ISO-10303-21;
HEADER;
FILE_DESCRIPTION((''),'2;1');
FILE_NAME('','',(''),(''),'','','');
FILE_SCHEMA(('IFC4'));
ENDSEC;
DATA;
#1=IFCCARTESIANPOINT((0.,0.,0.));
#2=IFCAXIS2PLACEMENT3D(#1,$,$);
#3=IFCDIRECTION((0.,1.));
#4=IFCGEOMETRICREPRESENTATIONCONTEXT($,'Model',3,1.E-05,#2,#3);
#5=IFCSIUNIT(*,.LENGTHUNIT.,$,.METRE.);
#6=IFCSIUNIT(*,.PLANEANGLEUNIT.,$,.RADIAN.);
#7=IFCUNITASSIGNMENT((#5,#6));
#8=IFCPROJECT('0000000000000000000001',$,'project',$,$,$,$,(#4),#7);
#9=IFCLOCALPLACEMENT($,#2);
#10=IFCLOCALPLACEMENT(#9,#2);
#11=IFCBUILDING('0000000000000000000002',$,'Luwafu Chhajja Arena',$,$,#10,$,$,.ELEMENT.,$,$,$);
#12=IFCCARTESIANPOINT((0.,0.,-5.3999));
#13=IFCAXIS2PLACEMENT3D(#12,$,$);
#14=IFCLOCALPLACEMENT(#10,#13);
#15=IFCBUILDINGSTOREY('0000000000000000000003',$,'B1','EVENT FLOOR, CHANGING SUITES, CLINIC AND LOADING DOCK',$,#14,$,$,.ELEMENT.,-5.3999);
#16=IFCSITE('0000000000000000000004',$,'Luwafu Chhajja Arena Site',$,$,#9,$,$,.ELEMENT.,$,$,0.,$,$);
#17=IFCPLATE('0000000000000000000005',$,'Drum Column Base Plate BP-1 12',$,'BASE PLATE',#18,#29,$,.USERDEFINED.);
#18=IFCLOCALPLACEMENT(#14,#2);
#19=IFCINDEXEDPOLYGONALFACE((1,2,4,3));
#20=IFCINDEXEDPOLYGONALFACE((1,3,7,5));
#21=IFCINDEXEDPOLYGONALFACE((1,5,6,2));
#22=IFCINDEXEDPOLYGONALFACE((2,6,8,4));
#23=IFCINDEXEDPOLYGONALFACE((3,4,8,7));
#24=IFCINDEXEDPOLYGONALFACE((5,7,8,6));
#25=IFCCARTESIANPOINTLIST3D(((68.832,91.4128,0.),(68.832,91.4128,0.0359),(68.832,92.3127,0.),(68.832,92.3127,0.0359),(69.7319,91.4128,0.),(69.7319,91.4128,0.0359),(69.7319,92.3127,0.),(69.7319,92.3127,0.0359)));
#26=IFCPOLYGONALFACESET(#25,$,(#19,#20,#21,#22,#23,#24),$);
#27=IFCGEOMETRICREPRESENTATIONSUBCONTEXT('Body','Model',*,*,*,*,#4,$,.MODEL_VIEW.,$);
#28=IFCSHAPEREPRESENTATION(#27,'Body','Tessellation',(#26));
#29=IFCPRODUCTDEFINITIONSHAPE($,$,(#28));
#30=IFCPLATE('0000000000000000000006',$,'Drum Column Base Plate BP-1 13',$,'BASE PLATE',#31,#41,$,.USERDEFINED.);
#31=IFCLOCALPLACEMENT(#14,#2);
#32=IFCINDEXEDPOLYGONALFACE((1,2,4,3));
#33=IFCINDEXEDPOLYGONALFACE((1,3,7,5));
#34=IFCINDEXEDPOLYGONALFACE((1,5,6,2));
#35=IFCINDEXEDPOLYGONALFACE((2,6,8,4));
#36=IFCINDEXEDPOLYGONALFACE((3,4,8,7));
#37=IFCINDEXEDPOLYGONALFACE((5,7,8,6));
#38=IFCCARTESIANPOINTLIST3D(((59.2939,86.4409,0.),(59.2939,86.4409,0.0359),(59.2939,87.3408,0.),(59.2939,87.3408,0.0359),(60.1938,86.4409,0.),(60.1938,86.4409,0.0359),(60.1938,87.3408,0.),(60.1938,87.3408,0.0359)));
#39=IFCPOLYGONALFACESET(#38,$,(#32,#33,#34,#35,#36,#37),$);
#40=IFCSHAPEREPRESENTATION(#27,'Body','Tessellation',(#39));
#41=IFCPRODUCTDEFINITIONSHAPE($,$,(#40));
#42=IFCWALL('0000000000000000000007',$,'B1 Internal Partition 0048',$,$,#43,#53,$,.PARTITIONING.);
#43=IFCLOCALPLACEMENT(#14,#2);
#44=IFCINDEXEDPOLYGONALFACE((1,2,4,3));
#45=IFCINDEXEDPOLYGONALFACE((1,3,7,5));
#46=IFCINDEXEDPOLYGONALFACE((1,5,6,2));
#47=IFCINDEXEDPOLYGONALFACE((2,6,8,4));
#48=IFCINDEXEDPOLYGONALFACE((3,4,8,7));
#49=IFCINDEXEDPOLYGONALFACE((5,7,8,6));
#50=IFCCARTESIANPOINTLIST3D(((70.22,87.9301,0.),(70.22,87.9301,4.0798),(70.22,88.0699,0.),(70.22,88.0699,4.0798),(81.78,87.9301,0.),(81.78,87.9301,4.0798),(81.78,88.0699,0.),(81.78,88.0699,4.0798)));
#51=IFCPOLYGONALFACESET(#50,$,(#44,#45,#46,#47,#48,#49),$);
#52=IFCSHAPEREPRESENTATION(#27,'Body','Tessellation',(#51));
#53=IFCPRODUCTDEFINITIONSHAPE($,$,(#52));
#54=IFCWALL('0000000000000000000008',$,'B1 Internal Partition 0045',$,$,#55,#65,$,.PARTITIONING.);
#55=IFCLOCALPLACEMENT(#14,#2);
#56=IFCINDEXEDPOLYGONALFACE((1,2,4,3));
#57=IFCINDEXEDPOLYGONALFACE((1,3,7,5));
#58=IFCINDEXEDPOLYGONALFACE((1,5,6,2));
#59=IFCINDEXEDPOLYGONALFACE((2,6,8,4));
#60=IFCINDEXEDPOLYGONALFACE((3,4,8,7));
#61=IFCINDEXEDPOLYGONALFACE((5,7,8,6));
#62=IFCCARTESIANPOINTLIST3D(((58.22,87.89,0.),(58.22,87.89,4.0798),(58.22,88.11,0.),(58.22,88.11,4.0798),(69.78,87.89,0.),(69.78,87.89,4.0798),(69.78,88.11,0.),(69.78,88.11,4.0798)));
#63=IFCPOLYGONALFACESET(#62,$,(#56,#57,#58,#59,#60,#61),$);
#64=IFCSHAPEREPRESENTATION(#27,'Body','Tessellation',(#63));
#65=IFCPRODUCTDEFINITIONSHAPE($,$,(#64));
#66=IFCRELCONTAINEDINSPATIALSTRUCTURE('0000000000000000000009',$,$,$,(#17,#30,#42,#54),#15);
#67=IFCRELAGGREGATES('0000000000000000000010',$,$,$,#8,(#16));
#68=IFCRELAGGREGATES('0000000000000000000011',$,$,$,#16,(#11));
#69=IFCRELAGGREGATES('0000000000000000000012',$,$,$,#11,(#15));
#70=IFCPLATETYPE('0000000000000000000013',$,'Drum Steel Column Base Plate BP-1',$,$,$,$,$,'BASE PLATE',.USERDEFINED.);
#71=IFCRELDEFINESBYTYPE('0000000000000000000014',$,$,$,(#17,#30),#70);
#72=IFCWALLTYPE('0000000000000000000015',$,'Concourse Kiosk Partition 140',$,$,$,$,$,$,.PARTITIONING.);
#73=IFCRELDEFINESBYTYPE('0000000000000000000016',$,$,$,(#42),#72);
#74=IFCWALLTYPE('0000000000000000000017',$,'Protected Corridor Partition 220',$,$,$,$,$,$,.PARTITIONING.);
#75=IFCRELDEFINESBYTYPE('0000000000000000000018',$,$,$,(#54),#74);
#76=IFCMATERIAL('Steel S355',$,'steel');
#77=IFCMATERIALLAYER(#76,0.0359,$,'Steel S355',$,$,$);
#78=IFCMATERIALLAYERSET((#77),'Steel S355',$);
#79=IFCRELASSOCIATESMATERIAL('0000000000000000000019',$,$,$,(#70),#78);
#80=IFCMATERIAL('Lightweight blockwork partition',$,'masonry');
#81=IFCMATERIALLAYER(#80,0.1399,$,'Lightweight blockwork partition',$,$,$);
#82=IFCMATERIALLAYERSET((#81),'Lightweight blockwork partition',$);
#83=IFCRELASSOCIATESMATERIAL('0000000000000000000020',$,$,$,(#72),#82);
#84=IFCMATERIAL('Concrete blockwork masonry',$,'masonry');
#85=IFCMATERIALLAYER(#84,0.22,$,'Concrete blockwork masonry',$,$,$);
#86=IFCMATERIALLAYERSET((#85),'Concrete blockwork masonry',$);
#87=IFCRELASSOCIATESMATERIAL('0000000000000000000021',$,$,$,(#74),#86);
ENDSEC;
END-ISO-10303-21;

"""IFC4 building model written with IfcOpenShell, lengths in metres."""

from ifc_helpers import new_model, si_unit, direction, frame, frame_2d, origin, origin_2d, place, context, subcontext, project, spatial, rectangle, extrude, material, layer, layer_set, type_object, element, save


model = new_model("IFC4")

# Units and contexts
model_context = context("Model", 3, precision=1e-05, world=origin(), true_north=direction((0.0, 1.0)))
body_context = subcontext(model_context, "Body", "Model", "MODEL_VIEW")
ifc_project = project(units=[si_unit("LENGTHUNIT", "METRE"), si_unit("PLANEANGLEUNIT", "RADIAN")], contexts=[model_context])

# Site, building, storey
site_placement = place(None, origin())
site = spatial("IfcSite", under=ifc_project, at=site_placement, Name="Luwafu Chhajja Arena Site", CompositionType="ELEMENT", RefElevation=0.0)
building_placement = place(site_placement, origin())
building = spatial("IfcBuilding", under=site, at=building_placement, Name="Luwafu Chhajja Arena", CompositionType="ELEMENT")
storey_placement = place(building_placement, frame((0.0, 0.0, -5.3999)))
storey = spatial("IfcBuildingStorey", under=building, at=storey_placement, Name="B1", Description="EVENT FLOOR, CHANGING SUITES, CLINIC AND LOADING DOCK", CompositionType="ELEMENT", Elevation=-5.3999)

# Shared definitions
ifc_material_1 = material(Name="Steel S355", Category="steel")

# Plates
ifc_layer_1 = layer(ifc_material_1, 0.0359, Name="Steel S355")
ifc_layer_set_1 = layer_set([ifc_layer_1], Name="Steel S355")
plate_type = type_object("IfcPlateType", Name="Drum Steel Column Base Plate BP-1", ElementType="BASE PLATE", PredefinedType="USERDEFINED", material=ifc_layer_set_1)
for number, where, z_axis, x_axis, name in (
    (1, (69.282, 91.8628, 0.0), (0.0, 0.0, 1.0), (1.0, 0.0, 0.0), "Drum Column Base Plate BP-1 12"),
    (2, (59.7439, 86.8909, 0.0), (0.0, 0.0, 1.0), (1.0, 0.0, 0.0), "Drum Column Base Plate BP-1 13"),
):
    element("IfcPlate", number, at=place(storey_placement, frame(where, z_axis=z_axis, x_axis=x_axis)), inside=storey, type_object=plate_type, Name=name, ObjectType="BASE PLATE", PredefinedType="USERDEFINED", context=body_context, shape_type="SweptSolid", body=[
        extrude(rectangle(XDim=0.8999, YDim=0.8999, at=origin_2d()), origin(), (0.0, 0.0, 1.0), 0.0359),
    ])

# Walls
ifc_material_2 = material(Name="Lightweight blockwork partition", Category="masonry")
ifc_layer_2 = layer(ifc_material_2, 0.1399, Name="Lightweight blockwork partition")
ifc_layer_set_2 = layer_set([ifc_layer_2], Name="Lightweight blockwork partition")
wall_type_1 = type_object("IfcWallType", Name="Concourse Kiosk Partition 140", PredefinedType="PARTITIONING", material=ifc_layer_set_2)
wall_1_placement = place(storey_placement, frame((70.22, 88.0, 0.0), z_axis=(0.0, 0.0, 1.0), x_axis=(1.0, 0.0, 0.0)))
element("IfcWall", 3, at=wall_1_placement, inside=storey, type_object=wall_type_1, Name="B1 Internal Partition 0048", PredefinedType="PARTITIONING", context=body_context, shape_type="SweptSolid", body=[
    extrude(rectangle(XDim=11.5601, YDim=0.1399, at=frame_2d((5.78, 0.0))), origin(), (0.0, 0.0, 1.0), 4.0798),
])
ifc_material_3 = material(Name="Concrete blockwork masonry", Category="masonry")
ifc_layer_3 = layer(ifc_material_3, 0.22, Name="Concrete blockwork masonry")
ifc_layer_set_3 = layer_set([ifc_layer_3], Name="Concrete blockwork masonry")
wall_type_2 = type_object("IfcWallType", Name="Protected Corridor Partition 220", PredefinedType="PARTITIONING", material=ifc_layer_set_3)
wall_2_placement = place(storey_placement, frame((58.22, 88.0, 0.0), z_axis=(0.0, 0.0, 1.0), x_axis=(1.0, 0.0, 0.0)))
element("IfcWall", 4, at=wall_2_placement, inside=storey, type_object=wall_type_2, Name="B1 Internal Partition 0045", PredefinedType="PARTITIONING", context=body_context, shape_type="SweptSolid", body=[
    extrude(rectangle(XDim=11.5601, YDim=0.22, at=frame_2d((5.78, 0.0))), origin(), (0.0, 0.0, 1.0), 4.0798),
])

save(model, "model.ifc")
